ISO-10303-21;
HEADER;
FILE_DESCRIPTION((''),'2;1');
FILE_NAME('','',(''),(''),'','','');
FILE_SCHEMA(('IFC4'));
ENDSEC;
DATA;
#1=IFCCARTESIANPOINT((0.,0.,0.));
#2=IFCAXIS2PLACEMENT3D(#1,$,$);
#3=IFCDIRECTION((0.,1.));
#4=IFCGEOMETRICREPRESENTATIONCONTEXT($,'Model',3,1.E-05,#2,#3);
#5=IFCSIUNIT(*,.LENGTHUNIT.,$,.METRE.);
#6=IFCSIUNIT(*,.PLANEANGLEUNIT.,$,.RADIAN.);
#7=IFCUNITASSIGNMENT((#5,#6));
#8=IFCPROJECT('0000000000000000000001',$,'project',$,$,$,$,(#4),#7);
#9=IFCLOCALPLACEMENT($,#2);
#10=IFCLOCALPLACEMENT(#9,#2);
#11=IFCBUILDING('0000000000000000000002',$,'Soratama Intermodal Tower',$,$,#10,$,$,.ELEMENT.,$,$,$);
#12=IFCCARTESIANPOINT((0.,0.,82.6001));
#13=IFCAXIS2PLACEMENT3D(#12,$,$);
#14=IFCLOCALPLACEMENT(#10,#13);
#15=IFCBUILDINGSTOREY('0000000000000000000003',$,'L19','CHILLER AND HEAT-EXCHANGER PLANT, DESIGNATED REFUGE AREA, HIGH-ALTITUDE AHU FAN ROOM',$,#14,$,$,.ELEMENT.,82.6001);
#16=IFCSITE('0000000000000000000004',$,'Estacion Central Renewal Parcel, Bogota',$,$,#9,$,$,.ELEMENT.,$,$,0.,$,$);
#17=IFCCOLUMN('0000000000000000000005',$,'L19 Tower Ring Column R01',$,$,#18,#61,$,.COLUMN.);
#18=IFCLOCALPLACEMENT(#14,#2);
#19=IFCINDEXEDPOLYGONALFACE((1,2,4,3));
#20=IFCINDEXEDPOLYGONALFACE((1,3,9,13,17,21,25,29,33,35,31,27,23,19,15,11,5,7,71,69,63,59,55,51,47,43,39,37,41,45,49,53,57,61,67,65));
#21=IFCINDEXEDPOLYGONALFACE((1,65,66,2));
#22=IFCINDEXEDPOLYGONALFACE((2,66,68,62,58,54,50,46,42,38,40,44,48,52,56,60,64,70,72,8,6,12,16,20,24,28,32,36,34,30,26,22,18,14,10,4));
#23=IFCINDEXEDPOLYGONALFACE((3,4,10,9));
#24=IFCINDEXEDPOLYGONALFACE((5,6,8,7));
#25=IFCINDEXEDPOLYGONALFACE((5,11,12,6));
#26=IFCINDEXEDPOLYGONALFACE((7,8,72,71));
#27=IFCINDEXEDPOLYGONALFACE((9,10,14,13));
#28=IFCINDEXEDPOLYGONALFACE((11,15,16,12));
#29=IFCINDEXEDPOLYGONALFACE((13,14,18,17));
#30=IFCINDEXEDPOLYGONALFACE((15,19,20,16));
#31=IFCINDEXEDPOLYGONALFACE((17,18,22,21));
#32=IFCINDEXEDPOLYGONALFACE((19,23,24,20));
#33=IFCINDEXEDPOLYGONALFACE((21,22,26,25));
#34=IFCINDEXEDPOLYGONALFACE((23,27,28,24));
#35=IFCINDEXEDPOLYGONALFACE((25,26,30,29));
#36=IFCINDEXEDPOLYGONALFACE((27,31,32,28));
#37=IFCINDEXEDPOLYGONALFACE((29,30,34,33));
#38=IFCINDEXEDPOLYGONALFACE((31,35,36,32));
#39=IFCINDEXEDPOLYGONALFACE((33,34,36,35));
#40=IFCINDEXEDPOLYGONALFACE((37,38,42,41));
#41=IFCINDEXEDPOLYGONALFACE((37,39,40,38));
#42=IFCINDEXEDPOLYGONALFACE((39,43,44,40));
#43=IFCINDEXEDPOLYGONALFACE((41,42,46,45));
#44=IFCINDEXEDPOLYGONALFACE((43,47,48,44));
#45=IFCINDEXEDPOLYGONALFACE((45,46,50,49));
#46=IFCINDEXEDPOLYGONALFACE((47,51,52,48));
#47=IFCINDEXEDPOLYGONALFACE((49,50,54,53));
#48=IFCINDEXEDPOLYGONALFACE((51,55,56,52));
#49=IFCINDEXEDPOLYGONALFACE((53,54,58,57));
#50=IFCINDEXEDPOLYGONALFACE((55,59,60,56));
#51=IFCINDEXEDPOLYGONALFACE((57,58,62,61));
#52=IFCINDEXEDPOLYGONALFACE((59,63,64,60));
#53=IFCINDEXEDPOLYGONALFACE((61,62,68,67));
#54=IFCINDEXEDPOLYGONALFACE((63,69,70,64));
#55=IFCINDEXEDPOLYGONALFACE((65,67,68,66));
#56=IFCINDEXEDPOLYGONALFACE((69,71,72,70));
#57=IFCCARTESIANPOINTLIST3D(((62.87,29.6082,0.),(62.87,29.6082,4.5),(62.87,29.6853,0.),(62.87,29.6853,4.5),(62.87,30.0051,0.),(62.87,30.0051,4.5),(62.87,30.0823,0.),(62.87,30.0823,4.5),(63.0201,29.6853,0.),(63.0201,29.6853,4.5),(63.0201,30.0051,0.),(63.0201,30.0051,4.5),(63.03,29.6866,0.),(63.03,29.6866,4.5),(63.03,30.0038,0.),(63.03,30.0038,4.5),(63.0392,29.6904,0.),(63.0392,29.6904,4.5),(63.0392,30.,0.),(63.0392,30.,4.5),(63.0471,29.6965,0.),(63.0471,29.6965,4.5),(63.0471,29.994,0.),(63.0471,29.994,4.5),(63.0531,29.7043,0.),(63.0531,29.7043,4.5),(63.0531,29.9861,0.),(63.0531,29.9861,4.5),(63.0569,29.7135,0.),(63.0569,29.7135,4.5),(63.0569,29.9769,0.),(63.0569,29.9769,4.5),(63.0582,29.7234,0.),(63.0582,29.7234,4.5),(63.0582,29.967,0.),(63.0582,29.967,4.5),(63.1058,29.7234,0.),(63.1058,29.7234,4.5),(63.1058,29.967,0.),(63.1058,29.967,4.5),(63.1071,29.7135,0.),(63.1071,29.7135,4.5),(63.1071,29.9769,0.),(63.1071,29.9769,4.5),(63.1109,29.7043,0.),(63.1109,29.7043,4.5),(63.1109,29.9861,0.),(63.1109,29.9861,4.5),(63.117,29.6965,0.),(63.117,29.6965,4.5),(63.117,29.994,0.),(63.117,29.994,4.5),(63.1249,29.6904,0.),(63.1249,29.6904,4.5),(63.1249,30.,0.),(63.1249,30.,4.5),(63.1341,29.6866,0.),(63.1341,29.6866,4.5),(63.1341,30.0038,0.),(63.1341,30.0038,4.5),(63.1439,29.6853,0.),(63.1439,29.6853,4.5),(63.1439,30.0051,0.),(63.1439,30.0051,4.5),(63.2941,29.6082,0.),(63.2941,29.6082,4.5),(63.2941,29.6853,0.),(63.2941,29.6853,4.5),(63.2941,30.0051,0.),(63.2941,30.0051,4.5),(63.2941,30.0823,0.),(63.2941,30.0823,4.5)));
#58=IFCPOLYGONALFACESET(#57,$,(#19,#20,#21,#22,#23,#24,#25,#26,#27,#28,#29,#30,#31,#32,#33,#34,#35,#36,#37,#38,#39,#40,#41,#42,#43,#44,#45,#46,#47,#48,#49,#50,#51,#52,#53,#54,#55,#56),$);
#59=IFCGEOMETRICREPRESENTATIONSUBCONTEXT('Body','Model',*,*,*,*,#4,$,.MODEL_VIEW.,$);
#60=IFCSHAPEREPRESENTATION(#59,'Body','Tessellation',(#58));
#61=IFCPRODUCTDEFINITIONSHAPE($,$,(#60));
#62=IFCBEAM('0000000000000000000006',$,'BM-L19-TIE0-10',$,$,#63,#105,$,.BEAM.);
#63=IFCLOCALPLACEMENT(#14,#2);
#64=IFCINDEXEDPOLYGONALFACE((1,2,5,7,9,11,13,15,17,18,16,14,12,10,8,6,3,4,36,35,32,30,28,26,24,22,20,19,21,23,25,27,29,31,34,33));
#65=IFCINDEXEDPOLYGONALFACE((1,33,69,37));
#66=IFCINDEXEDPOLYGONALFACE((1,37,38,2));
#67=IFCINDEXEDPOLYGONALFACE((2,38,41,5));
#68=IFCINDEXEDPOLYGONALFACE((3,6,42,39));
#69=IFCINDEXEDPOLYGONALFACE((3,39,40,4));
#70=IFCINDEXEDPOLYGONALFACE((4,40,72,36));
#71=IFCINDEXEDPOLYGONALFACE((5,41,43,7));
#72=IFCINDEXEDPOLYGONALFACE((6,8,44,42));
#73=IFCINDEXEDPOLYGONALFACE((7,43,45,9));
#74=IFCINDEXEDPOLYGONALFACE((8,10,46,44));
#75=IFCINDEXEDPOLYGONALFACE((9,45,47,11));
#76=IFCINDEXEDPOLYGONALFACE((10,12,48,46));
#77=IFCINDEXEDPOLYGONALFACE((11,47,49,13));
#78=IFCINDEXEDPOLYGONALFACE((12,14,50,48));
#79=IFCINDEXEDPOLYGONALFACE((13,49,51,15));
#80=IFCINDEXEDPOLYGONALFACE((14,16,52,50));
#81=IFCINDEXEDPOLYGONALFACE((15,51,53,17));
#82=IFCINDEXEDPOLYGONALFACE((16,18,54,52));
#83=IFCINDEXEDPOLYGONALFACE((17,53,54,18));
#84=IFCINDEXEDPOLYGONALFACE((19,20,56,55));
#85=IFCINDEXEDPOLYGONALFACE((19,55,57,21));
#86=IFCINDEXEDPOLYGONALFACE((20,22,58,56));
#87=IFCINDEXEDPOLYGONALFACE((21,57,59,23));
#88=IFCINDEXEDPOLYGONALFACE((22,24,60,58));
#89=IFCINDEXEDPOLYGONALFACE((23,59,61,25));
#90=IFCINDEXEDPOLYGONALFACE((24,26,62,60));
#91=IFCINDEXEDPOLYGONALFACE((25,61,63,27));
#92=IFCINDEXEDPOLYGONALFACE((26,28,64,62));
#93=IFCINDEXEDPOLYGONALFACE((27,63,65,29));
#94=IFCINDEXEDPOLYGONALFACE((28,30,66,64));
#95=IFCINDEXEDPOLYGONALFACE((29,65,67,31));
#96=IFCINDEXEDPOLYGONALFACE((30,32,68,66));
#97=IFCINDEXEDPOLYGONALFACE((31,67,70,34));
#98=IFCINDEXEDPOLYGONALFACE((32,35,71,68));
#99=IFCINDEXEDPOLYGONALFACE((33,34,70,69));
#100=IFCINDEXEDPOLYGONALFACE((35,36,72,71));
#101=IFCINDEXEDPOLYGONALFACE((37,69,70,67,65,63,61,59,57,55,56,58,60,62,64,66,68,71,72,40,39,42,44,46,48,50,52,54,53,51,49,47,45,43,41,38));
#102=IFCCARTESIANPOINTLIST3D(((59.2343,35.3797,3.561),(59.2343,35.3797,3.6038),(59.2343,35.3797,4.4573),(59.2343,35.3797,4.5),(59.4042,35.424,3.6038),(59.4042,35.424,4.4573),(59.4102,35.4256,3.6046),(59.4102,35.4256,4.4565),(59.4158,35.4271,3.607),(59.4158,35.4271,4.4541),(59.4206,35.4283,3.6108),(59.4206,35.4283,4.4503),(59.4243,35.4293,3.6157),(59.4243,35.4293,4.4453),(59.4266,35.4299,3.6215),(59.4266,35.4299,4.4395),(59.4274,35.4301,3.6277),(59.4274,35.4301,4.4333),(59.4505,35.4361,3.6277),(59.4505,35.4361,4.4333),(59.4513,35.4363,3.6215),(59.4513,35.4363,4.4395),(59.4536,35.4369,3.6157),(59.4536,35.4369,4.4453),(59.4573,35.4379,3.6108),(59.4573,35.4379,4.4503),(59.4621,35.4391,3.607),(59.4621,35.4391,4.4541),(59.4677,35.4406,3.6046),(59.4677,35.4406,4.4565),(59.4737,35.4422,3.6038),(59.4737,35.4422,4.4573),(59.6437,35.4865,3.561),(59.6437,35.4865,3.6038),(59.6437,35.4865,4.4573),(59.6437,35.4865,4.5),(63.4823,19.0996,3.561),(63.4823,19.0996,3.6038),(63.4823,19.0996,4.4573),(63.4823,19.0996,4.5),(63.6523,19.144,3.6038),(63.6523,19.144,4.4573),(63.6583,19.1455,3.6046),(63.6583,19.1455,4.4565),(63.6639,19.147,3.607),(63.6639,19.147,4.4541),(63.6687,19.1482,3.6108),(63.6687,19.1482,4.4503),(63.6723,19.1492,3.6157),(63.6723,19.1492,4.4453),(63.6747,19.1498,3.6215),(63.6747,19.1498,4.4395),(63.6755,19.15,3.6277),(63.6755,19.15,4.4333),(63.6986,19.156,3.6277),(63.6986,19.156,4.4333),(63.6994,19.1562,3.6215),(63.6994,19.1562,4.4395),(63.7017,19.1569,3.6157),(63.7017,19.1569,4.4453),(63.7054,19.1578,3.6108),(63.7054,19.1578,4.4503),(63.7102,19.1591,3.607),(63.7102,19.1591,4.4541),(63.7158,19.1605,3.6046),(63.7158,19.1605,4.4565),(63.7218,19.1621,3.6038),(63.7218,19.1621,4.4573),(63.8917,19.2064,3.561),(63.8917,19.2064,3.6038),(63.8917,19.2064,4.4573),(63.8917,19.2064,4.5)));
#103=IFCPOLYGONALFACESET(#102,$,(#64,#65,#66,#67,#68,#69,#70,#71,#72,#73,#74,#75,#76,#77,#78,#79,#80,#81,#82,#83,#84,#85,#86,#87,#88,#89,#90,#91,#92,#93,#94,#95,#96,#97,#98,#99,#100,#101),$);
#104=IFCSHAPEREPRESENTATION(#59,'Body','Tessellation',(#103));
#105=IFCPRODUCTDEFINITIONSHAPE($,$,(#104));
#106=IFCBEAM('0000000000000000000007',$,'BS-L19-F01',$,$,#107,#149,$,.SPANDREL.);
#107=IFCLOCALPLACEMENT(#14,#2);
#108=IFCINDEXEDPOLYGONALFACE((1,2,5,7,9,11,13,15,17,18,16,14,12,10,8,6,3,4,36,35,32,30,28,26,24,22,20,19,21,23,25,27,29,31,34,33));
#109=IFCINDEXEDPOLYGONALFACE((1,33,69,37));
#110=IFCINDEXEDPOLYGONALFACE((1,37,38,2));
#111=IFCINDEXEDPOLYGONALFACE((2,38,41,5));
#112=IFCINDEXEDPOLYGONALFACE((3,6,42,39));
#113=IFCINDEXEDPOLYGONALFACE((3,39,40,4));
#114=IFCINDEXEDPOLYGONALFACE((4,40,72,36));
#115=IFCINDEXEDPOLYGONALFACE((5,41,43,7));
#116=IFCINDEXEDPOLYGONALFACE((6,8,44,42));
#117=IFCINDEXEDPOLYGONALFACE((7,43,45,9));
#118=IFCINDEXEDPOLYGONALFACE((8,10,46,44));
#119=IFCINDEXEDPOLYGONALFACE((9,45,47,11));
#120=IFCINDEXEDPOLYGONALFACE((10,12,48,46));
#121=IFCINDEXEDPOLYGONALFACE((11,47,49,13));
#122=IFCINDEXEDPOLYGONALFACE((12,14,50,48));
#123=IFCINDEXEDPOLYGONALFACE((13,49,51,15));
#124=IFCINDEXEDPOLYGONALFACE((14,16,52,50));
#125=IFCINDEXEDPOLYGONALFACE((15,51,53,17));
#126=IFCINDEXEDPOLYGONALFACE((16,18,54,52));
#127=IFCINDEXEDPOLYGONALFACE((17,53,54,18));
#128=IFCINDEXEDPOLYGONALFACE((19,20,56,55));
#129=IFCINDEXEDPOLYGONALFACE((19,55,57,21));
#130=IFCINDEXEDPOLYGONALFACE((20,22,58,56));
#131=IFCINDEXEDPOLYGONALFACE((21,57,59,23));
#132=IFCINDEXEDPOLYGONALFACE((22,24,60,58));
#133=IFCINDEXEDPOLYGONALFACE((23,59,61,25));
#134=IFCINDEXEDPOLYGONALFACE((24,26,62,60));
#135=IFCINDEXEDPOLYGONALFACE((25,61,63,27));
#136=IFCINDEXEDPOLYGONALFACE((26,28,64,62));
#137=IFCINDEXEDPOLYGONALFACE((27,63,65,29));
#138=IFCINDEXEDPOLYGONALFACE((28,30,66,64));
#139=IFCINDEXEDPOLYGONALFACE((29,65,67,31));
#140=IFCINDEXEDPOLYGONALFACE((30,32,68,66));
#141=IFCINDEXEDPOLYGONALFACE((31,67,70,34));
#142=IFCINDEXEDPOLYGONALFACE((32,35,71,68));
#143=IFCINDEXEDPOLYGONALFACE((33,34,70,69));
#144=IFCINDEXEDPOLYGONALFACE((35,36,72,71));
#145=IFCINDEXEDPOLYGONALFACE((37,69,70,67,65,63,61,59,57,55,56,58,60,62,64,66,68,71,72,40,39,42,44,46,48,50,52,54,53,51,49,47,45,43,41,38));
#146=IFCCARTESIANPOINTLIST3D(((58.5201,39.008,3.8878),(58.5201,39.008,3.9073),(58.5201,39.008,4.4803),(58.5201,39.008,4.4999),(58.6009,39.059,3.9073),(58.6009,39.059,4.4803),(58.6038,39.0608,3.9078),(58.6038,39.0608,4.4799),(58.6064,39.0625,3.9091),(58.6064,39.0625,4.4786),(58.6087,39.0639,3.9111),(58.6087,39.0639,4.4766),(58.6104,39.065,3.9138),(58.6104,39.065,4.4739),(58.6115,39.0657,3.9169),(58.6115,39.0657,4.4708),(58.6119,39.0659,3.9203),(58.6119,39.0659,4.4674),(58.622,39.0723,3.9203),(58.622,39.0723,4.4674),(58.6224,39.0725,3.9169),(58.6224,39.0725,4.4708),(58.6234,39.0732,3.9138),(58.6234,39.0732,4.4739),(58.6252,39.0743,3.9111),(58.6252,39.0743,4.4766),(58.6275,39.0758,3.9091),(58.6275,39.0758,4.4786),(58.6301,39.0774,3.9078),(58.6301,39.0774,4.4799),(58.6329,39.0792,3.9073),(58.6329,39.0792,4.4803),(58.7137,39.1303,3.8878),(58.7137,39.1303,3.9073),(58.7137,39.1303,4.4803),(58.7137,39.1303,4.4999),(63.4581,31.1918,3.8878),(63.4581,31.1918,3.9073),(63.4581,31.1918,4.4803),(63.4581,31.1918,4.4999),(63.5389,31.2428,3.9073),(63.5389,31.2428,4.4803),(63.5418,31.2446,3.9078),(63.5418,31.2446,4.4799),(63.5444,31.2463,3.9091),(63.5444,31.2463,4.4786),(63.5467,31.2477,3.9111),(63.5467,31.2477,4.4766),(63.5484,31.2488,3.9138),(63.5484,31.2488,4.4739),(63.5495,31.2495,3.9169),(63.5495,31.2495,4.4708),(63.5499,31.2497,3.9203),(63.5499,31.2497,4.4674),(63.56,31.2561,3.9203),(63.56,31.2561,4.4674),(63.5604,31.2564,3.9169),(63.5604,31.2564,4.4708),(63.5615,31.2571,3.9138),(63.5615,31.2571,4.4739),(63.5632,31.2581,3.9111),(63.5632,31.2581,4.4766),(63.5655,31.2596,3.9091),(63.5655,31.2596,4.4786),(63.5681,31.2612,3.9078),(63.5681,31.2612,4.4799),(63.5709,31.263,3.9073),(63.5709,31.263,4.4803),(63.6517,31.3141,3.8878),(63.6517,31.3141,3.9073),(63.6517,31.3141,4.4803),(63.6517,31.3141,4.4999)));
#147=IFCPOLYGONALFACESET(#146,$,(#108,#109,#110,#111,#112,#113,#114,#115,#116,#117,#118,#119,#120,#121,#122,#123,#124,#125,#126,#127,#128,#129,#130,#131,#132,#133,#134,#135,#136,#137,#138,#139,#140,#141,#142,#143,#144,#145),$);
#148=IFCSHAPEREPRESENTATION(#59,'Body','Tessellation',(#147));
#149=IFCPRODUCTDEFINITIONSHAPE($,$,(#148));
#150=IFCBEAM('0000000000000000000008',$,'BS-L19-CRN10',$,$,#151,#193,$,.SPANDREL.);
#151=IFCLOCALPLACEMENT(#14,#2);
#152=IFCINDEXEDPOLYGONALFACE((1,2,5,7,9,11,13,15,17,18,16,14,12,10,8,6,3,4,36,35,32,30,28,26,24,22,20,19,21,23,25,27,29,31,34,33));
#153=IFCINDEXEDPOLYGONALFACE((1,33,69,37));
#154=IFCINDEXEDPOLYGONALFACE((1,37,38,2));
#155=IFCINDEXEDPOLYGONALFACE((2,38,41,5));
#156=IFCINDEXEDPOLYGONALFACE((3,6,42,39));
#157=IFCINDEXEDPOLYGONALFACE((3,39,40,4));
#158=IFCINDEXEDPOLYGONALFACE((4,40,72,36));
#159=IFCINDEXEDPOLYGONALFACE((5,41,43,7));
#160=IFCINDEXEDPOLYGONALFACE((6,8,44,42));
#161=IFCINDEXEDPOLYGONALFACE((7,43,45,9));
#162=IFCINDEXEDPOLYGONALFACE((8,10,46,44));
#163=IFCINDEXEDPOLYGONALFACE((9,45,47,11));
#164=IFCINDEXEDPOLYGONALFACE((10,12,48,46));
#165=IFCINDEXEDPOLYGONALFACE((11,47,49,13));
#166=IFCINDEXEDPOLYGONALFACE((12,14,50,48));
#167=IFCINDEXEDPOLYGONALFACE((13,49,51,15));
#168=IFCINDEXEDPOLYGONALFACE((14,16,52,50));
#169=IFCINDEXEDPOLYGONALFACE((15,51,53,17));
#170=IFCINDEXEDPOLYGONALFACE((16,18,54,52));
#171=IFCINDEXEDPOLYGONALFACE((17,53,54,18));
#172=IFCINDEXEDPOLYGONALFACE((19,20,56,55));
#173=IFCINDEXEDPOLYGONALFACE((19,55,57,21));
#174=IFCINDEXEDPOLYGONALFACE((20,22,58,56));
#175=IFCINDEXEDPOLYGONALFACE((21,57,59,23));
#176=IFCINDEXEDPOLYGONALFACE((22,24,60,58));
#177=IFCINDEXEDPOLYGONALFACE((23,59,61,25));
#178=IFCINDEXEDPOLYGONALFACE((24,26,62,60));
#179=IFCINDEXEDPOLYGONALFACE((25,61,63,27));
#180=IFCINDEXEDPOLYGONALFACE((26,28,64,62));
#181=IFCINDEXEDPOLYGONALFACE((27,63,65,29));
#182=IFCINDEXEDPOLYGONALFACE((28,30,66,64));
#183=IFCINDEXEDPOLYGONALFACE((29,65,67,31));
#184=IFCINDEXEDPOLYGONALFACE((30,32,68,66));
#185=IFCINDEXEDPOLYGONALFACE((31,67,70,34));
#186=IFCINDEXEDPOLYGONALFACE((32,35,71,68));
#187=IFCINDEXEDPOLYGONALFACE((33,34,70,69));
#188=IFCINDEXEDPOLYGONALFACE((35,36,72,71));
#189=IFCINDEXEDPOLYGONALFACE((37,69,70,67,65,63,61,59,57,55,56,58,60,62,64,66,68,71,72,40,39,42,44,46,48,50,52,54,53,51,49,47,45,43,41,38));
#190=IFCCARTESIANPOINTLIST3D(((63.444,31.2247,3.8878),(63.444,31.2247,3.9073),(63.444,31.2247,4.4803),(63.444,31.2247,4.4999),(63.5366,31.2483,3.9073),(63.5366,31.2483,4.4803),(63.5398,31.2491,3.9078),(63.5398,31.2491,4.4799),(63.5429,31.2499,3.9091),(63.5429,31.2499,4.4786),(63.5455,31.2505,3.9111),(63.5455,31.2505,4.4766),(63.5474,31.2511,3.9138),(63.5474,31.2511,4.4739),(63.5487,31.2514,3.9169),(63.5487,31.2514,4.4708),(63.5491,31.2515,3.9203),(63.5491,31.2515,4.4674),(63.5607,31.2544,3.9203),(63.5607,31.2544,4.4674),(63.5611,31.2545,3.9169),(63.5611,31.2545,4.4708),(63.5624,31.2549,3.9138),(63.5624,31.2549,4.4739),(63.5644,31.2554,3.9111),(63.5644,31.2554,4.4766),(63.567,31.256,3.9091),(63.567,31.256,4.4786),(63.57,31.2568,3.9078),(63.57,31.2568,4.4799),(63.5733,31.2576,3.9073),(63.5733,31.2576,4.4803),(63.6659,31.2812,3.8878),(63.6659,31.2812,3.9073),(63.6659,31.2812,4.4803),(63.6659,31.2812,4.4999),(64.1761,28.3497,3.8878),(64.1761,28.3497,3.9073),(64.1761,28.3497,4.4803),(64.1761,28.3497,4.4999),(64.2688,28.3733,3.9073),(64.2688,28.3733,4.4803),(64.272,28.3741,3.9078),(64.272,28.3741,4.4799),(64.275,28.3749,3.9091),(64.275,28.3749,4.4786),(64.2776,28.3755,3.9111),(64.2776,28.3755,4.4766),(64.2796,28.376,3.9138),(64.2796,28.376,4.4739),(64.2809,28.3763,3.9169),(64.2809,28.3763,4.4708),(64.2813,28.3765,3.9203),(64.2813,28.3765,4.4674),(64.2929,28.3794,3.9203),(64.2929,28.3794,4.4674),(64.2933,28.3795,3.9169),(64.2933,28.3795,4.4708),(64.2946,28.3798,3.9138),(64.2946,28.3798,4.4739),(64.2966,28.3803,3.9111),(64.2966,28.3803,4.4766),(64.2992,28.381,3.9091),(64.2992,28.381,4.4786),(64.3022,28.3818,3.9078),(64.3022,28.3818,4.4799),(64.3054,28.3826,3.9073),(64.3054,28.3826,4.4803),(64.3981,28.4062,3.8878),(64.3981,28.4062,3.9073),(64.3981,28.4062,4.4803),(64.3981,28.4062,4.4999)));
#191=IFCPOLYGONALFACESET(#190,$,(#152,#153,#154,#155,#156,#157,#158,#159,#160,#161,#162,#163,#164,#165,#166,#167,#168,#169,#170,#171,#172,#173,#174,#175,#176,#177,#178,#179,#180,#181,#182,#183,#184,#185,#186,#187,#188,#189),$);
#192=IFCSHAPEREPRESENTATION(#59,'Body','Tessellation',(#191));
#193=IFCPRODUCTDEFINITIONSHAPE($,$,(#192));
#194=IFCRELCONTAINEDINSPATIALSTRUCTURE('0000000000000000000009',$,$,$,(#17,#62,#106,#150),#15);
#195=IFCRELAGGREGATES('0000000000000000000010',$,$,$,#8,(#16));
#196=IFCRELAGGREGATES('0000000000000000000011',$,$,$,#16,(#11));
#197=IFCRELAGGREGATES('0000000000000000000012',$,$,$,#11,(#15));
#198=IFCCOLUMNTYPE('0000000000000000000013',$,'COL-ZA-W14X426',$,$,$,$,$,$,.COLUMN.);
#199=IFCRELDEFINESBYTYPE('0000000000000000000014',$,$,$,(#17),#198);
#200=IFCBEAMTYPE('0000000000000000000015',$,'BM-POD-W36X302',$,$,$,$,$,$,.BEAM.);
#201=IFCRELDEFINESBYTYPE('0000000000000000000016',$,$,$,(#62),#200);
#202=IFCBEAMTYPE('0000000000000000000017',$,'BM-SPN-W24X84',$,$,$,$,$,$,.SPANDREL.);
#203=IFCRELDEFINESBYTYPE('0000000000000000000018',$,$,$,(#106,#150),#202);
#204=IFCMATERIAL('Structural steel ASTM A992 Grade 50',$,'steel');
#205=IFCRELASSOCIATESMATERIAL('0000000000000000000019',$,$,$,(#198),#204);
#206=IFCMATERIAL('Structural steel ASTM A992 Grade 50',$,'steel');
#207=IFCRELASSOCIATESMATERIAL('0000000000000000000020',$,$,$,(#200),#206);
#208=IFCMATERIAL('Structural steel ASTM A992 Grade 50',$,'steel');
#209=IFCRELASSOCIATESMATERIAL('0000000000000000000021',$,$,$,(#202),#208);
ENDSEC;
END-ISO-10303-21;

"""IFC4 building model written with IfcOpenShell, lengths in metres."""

from ifc_helpers import new_model, si_unit, direction, frame, origin, origin_2d, place, context, subcontext, project, spatial, i_section, extrude, material, material_profile, profile_set, type_object, element, save


model = new_model("IFC4")

# Units and contexts
model_context = context("Model", 3, precision=1e-05, world=origin(), true_north=direction((0.0, 1.0)))
body_context = subcontext(model_context, "Body", "Model", "MODEL_VIEW")
ifc_project = project(units=[si_unit("LENGTHUNIT", "METRE"), si_unit("PLANEANGLEUNIT", "RADIAN")], contexts=[model_context])

# Site, building, storey
site_placement = place(None, origin())
site = spatial("IfcSite", under=ifc_project, at=site_placement, Name="Estacion Central Renewal Parcel, Bogota", CompositionType="ELEMENT", RefElevation=0.0)
building_placement = place(site_placement, origin())
building = spatial("IfcBuilding", under=site, at=building_placement, Name="Soratama Intermodal Tower", CompositionType="ELEMENT")
storey_placement = place(building_placement, frame((0.0, 0.0, 82.6001)))
storey = spatial("IfcBuildingStorey", under=building, at=storey_placement, Name="L19", Description="CHILLER AND HEAT-EXCHANGER PLANT, DESIGNATED REFUGE AREA, HIGH-ALTITUDE AHU FAN ROOM", CompositionType="ELEMENT", Elevation=82.6001)

# Column
ifc_material_1 = material(Name="Structural steel ASTM A992 Grade 50", Category="steel")
ifc_material_profile_1 = material_profile(ifc_material_1, i_section(OverallWidth=0.4241, OverallDepth=0.4741, WebThickness=0.0476, FlangeThickness=0.0771, FilletRadius=0.0381, at=origin_2d()), Name="W14X426")
ifc_profile_set_1 = profile_set([ifc_material_profile_1], Name="Structural steel ASTM A992 Grade 50")
column_type = type_object("IfcColumnType", Name="COL-ZA-W14X426", PredefinedType="COLUMN", material=ifc_profile_set_1)
column_placement = place(storey_placement, frame((63.082, 29.8452, 0.0), z_axis=(0.0, 0.0, 1.0), x_axis=(1.0, 0.0, 0.0)))
element("IfcColumn", 1, at=column_placement, inside=storey, type_object=column_type, Name="L19 Tower Ring Column R01", PredefinedType="COLUMN", context=body_context, shape_type="SweptSolid", body=[
    extrude(i_section(OverallWidth=0.4241, OverallDepth=0.4741, WebThickness=0.0476, FlangeThickness=0.0771, FilletRadius=0.0381, at=origin_2d()), origin(), (0.0, 0.0, 1.0), 4.5),
])

# Beams
ifc_material_2 = material(Name="Structural steel ASTM A992 Grade 50", Category="steel")
ifc_material_profile_2 = material_profile(ifc_material_2, i_section(OverallWidth=0.4231, OverallDepth=0.939, WebThickness=0.0239, FlangeThickness=0.0427, FilletRadius=0.0239, at=origin_2d()), Name="W36X302")
ifc_profile_set_2 = profile_set([ifc_material_profile_2], Name="Structural steel ASTM A992 Grade 50")
beam_type_1 = type_object("IfcBeamType", Name="BM-POD-W36X302", PredefinedType="BEAM", material=ifc_profile_set_2)
beam_1_placement = place(storey_placement, frame((59.439, 35.4331, 4.0305), z_axis=(0.252482, -0.967602, 0.0), x_axis=(0.967602, 0.252482, 0.0)))
element("IfcBeam", 2, at=beam_1_placement, inside=storey, type_object=beam_type_1, Name="BM-L19-TIE0-10", PredefinedType="BEAM", context=body_context, shape_type="SweptSolid", body=[
    extrude(i_section(OverallWidth=0.4231, OverallDepth=0.939, WebThickness=0.0239, FlangeThickness=0.0427, FilletRadius=0.0239, at=origin_2d()), origin(), (0.0, 0.0, 1.0), 16.8252),
])
ifc_material_3 = material(Name="Structural steel ASTM A992 Grade 50", Category="steel")
ifc_material_profile_3 = material_profile(ifc_material_3, i_section(OverallWidth=0.229, OverallDepth=0.6121, WebThickness=0.012, FlangeThickness=0.0195, FilletRadius=0.0129, at=origin_2d()), Name="W24X84")
ifc_profile_set_3 = profile_set([ifc_material_profile_3], Name="Structural steel ASTM A992 Grade 50")
beam_type_2 = type_object("IfcBeamType", Name="BM-SPN-W24X84", PredefinedType="SPANDREL", material=ifc_profile_set_3)
beam_2_placement = place(storey_placement, frame((63.5549, 31.2529, 4.1938), z_axis=(-0.534106, 0.845417, 0.0), x_axis=(-0.845417, -0.534106, 0.0)))
element("IfcBeam", 3, at=beam_2_placement, inside=storey, type_object=beam_type_2, Name="BS-L19-F01", PredefinedType="SPANDREL", context=body_context, shape_type="SweptSolid", body=[
    extrude(i_section(OverallWidth=0.229, OverallDepth=0.6121, WebThickness=0.012, FlangeThickness=0.0195, FilletRadius=0.0129, at=origin_2d()), origin(), (0.0, 0.0, 1.0), 9.2454),
])
beam_3_placement = place(storey_placement, frame((64.2871, 28.3779, 4.1938), z_axis=(-0.246793, 0.969068, 0.0), x_axis=(-0.969068, -0.246793, 0.0)))
element("IfcBeam", 4, at=beam_3_placement, inside=storey, type_object=beam_type_2, Name="BS-L19-CRN10", PredefinedType="SPANDREL", context=body_context, shape_type="SweptSolid", body=[
    extrude(i_section(OverallWidth=0.229, OverallDepth=0.6121, WebThickness=0.012, FlangeThickness=0.0195, FilletRadius=0.0129, at=origin_2d()), origin(), (0.0, 0.0, 1.0), 2.9668),
])

save(model, "model.ifc")
